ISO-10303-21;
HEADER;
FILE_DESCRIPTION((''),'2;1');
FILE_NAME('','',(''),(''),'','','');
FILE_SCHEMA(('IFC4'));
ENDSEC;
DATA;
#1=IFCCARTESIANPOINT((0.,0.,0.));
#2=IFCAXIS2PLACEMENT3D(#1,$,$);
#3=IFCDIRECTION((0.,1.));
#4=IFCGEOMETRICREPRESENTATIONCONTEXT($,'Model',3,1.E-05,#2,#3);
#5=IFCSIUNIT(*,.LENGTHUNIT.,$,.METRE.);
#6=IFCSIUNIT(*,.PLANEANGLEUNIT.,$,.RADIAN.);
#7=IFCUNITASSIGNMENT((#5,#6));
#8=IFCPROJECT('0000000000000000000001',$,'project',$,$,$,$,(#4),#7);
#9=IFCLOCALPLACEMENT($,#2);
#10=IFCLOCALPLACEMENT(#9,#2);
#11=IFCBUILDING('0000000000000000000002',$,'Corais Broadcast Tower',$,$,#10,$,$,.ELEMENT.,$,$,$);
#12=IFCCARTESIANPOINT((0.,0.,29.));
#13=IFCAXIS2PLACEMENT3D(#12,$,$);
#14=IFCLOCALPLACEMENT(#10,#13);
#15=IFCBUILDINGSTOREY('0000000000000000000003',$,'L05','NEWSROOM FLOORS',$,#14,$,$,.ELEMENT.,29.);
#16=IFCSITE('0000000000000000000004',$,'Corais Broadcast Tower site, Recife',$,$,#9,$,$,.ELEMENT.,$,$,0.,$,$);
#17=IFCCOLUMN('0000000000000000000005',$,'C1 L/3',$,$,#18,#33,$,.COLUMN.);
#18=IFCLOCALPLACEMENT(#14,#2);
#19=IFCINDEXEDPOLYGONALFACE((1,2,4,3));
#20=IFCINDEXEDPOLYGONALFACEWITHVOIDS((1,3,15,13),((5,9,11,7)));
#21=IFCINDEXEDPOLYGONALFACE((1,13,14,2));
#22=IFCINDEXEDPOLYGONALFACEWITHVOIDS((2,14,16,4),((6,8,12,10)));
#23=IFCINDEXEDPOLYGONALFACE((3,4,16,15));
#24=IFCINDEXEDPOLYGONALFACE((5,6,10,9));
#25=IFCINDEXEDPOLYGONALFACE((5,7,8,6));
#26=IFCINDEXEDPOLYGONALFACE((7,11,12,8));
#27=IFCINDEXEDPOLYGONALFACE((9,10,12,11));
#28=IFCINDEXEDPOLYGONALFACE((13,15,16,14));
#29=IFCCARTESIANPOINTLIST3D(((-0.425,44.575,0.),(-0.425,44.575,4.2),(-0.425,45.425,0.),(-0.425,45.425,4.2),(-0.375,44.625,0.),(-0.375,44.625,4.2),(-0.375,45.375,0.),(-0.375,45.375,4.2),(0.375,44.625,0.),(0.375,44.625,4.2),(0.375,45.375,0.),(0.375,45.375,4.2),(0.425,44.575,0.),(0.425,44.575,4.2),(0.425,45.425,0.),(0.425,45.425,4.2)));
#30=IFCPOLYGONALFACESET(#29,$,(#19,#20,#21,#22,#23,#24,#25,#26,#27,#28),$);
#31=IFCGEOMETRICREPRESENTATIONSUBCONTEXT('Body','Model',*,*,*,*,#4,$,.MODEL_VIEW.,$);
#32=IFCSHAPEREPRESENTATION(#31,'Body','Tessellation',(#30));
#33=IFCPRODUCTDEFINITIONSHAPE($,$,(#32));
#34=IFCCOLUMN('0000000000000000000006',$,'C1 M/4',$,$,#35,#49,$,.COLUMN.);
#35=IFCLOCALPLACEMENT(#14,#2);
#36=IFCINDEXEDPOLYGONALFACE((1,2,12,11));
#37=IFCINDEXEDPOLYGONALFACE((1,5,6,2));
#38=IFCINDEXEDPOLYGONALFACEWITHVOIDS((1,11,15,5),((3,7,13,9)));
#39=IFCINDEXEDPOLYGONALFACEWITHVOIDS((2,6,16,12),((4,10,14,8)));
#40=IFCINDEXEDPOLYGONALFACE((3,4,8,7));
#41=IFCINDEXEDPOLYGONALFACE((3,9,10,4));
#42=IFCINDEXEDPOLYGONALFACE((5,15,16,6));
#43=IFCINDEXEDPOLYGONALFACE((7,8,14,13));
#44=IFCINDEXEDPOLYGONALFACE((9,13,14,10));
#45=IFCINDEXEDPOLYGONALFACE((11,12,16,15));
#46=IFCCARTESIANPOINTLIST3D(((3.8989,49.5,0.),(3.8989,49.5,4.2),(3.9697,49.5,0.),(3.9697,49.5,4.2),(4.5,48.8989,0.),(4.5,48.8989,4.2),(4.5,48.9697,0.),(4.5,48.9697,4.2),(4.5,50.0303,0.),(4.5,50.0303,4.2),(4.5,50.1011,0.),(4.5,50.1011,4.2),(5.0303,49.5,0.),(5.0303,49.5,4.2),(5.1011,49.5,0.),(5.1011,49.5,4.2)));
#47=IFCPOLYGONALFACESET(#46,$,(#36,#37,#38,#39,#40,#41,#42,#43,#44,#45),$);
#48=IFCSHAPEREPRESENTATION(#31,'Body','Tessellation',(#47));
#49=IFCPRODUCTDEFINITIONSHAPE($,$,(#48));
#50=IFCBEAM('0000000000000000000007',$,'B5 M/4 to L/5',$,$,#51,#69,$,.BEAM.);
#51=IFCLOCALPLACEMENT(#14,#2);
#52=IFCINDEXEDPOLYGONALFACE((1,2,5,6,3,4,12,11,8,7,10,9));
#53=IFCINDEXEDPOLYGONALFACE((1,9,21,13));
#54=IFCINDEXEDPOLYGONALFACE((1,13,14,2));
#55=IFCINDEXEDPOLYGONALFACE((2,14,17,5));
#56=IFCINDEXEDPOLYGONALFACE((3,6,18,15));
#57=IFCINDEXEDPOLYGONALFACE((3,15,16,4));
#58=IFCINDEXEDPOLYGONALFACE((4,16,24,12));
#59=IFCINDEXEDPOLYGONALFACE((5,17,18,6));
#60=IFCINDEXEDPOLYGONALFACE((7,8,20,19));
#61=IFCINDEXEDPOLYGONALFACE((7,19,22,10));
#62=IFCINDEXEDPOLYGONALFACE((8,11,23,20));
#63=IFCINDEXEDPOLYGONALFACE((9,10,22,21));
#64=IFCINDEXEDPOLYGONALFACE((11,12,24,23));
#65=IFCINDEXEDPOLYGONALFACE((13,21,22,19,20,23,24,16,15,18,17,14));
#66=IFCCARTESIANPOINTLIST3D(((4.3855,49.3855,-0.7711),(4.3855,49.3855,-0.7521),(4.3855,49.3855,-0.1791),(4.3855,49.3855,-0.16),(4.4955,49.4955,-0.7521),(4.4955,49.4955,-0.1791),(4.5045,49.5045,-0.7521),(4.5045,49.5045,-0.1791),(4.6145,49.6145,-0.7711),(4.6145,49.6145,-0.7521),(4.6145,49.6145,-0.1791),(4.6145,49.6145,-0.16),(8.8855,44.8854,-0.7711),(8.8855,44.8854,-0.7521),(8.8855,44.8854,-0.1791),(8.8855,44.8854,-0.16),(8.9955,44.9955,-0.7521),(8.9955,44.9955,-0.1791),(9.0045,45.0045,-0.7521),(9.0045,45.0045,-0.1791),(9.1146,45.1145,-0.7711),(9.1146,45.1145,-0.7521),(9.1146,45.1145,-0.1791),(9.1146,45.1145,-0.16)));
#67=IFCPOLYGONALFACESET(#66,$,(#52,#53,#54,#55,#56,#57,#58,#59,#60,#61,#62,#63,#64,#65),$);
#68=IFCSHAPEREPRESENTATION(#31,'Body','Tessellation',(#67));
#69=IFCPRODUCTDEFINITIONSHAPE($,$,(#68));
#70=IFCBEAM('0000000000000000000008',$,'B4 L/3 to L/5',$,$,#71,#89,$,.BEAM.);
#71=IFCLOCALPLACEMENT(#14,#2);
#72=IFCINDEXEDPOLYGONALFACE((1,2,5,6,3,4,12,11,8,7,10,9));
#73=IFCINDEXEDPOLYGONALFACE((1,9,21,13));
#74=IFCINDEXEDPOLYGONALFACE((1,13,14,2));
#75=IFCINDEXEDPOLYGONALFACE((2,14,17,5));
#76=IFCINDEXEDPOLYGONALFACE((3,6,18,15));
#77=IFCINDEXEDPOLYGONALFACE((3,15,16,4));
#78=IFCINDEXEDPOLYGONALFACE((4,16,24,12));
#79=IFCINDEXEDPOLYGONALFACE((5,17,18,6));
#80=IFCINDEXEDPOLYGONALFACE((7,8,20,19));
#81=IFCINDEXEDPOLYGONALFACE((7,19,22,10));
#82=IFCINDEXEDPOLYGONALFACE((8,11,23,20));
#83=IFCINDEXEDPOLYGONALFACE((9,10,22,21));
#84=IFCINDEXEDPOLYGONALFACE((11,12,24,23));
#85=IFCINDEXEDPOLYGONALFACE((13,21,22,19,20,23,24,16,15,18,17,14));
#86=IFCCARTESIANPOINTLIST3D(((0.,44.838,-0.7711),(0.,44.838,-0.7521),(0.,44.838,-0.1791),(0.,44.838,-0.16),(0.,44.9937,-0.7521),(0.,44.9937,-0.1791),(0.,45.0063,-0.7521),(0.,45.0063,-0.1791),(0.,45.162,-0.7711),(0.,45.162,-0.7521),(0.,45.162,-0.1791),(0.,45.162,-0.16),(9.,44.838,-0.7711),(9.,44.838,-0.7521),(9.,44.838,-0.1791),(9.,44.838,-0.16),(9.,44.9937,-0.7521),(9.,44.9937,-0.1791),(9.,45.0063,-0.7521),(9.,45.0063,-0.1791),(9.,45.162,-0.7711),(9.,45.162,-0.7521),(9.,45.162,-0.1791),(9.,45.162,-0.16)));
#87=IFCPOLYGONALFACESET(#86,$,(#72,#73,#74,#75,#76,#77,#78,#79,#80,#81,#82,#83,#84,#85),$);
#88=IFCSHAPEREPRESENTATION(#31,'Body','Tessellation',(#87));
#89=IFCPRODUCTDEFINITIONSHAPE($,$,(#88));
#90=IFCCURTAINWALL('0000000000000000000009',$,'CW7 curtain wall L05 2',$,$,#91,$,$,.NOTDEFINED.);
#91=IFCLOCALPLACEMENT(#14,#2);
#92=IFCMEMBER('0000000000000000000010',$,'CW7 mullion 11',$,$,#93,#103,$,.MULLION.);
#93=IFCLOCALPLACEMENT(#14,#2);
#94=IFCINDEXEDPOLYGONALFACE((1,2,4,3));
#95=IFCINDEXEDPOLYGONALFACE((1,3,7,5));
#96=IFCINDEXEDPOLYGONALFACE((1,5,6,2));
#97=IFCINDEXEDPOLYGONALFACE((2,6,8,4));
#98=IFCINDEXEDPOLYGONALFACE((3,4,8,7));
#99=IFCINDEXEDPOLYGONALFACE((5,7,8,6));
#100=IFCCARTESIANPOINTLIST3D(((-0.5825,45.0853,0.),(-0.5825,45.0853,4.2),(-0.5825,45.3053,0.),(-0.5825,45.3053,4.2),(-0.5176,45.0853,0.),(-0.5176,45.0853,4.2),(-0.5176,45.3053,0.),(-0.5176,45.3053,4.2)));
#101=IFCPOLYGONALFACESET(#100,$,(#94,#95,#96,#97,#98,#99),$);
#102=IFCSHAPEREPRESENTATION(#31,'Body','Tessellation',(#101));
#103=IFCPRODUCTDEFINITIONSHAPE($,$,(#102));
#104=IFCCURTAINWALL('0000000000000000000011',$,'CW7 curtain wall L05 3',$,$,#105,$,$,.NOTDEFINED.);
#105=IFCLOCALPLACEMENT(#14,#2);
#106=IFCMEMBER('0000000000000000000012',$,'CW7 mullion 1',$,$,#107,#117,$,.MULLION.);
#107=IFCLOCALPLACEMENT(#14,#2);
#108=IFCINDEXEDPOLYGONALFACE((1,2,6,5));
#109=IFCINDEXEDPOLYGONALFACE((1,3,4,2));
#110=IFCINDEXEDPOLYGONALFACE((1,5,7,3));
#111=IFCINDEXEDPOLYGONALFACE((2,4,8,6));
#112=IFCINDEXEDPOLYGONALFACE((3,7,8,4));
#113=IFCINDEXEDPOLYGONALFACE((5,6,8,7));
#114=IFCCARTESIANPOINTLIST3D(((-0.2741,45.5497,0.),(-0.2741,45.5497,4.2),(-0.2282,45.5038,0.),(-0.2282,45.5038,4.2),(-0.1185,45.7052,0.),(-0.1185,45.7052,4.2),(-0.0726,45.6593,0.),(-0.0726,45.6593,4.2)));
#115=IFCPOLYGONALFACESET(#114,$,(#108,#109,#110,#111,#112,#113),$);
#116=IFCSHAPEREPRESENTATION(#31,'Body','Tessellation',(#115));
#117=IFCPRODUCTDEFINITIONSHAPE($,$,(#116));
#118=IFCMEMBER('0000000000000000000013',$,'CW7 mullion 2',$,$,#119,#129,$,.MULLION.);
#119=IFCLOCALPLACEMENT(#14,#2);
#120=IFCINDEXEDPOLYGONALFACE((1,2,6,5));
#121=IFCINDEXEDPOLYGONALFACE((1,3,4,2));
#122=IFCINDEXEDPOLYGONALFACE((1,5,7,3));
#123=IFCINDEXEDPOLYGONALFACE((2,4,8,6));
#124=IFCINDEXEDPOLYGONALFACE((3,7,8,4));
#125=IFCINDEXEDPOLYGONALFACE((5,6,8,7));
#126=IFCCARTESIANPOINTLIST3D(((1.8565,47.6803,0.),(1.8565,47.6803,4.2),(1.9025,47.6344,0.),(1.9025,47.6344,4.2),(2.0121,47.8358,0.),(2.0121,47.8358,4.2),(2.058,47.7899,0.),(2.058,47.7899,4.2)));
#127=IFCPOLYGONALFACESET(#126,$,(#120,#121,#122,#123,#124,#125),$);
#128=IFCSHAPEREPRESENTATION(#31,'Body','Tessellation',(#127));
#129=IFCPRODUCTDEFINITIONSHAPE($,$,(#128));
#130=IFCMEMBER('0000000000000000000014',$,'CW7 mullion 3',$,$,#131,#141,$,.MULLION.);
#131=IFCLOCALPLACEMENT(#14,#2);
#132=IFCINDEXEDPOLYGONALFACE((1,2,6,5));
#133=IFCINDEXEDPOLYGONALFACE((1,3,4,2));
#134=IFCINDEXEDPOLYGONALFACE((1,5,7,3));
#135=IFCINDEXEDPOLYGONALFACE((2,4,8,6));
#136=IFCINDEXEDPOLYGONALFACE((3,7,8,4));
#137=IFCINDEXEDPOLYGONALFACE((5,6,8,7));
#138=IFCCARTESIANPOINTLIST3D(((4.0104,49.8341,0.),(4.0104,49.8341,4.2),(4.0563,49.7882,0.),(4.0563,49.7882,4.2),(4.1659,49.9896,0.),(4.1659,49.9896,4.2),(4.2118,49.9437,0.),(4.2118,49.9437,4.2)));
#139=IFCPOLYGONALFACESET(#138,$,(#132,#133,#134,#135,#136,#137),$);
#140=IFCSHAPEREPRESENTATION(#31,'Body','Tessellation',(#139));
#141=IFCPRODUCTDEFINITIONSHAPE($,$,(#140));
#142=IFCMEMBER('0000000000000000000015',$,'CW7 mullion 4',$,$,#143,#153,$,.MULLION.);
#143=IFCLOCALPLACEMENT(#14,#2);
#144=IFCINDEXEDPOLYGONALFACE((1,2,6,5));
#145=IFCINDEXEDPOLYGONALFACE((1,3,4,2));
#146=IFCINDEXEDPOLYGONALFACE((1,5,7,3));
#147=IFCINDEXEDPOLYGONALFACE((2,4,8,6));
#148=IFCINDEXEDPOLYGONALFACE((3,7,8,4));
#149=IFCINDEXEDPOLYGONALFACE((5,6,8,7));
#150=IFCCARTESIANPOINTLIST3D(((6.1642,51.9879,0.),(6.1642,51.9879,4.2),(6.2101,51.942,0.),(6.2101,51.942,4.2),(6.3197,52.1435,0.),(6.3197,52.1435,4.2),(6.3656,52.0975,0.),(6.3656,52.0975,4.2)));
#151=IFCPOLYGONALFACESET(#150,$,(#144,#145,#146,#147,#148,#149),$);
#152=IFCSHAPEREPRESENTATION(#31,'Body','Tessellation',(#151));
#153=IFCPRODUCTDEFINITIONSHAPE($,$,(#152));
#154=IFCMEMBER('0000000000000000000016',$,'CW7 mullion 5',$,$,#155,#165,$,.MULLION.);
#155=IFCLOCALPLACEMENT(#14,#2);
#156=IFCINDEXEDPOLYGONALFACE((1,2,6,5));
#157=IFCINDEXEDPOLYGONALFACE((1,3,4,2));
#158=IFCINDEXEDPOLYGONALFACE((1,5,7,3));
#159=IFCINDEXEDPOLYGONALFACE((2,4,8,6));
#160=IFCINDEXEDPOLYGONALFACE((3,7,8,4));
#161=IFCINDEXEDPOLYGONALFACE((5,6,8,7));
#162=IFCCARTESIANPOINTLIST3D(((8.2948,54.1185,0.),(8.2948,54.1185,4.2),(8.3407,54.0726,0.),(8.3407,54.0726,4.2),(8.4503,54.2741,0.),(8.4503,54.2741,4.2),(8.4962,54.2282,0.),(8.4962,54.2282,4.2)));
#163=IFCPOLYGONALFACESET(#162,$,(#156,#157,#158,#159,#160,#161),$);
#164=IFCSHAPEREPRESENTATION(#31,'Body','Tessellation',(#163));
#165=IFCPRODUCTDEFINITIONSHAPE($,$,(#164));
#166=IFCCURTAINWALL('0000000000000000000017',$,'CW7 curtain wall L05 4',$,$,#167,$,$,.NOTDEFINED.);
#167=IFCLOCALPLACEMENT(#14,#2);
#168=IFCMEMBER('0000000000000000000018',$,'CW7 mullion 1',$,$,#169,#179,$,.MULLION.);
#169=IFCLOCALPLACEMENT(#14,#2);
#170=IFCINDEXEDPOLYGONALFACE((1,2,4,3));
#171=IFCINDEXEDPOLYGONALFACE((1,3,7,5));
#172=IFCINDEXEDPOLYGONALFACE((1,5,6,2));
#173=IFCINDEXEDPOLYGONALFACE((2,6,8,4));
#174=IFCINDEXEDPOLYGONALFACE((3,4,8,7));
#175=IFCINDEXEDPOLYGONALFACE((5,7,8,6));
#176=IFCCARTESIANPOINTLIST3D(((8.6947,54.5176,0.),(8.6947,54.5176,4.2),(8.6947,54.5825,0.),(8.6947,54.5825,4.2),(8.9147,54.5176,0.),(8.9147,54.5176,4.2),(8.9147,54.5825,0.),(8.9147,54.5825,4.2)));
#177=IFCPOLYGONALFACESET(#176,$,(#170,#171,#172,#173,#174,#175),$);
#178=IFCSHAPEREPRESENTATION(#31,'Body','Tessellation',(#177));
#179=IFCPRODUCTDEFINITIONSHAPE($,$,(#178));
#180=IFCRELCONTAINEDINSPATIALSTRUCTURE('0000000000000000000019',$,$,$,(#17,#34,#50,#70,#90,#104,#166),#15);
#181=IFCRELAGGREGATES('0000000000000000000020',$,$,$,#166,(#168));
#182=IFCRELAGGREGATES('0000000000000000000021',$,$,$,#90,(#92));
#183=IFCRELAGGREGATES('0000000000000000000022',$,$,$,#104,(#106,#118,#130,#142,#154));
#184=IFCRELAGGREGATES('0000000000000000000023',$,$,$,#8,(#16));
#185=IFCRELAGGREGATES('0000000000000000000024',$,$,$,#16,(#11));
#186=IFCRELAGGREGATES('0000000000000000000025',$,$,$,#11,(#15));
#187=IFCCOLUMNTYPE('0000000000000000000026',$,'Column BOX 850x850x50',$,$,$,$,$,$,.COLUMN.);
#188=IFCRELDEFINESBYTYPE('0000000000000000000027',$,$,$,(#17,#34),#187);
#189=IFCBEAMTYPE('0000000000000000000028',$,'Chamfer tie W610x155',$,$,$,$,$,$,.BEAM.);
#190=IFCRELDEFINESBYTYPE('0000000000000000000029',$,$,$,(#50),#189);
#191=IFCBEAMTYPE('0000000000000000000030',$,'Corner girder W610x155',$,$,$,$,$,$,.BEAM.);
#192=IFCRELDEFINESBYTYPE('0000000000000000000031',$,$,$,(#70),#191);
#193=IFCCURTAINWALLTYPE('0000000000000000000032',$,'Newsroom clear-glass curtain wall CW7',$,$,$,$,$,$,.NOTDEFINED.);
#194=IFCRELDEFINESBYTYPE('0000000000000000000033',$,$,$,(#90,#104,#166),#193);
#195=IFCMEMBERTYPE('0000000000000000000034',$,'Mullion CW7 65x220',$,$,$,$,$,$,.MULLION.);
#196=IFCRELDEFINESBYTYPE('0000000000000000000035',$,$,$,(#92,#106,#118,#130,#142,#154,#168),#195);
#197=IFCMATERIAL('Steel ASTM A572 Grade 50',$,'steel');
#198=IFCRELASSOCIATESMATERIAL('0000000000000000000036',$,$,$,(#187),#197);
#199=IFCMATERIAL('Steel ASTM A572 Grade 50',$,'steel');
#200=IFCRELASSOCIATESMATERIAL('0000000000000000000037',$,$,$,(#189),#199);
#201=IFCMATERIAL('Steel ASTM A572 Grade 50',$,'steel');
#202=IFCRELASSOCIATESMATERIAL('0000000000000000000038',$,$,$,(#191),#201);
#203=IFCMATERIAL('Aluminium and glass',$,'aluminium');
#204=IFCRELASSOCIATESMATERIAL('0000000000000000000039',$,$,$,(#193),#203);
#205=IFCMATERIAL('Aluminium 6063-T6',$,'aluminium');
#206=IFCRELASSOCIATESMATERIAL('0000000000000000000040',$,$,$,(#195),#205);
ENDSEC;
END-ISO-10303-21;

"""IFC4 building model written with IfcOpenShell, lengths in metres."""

from ifc_helpers import new_model, si_unit, direction, frame, origin, origin_2d, place, context, subcontext, project, spatial, rectangle, hollow_rectangle, i_section, extrude, material, material_profile, profile_set, type_object, element, aggregate, save


model = new_model("IFC4")

# Units and contexts
model_context = context("Model", 3, precision=1e-05, world=origin(), true_north=direction((0.0, 1.0)))
body_context = subcontext(model_context, "Body", "Model", "MODEL_VIEW")
ifc_project = project(units=[si_unit("LENGTHUNIT", "METRE"), si_unit("PLANEANGLEUNIT", "RADIAN")], contexts=[model_context])

# Site, building, storey
site_placement = place(None, origin())
site = spatial("IfcSite", under=ifc_project, at=site_placement, Name="Corais Broadcast Tower site, Recife", CompositionType="ELEMENT", RefElevation=0.0)
building_placement = place(site_placement, origin())
building = spatial("IfcBuilding", under=site, at=building_placement, Name="Corais Broadcast Tower", CompositionType="ELEMENT")
storey_placement = place(building_placement, frame((0.0, 0.0, 29.0)))
storey = spatial("IfcBuildingStorey", under=building, at=storey_placement, Name="L05", Description="NEWSROOM FLOORS", CompositionType="ELEMENT", Elevation=29.0)

# Columns
ifc_material_1 = material(Name="Steel ASTM A572 Grade 50", Category="steel")
ifc_material_profile_1 = material_profile(ifc_material_1, hollow_rectangle(XDim=0.8501, YDim=0.8501, WallThickness=0.05, at=origin_2d()), Name="BOX 850x850x50")
ifc_profile_set_1 = profile_set([ifc_material_profile_1], Name="Steel ASTM A572 Grade 50")
column_type = type_object("IfcColumnType", Name="Column BOX 850x850x50", PredefinedType="COLUMN", material=ifc_profile_set_1)
for number, where, z_axis, x_axis, name in (
    (1, (0.0, 45.0, 0.0), (0.0, 0.0, 1.0), (1.0, 0.0, 0.0), "C1 L/3"),
    (2, (4.5, 49.5, 0.0), (0.0, 0.0, 1.0), (0.707107, 0.707107, 0.0), "C1 M/4"),
):
    element("IfcColumn", number, at=place(storey_placement, frame(where, z_axis=z_axis, x_axis=x_axis)), inside=storey, type_object=column_type, Name=name, PredefinedType="COLUMN", context=body_context, shape_type="SweptSolid", body=[
        extrude(hollow_rectangle(XDim=0.8501, YDim=0.8501, WallThickness=0.05, at=origin_2d()), origin(), (0.0, 0.0, 1.0), 4.2),
    ])

# Beams
ifc_material_2 = material(Name="Steel ASTM A572 Grade 50", Category="steel")
ifc_material_profile_2 = material_profile(ifc_material_2, i_section(OverallWidth=0.324, OverallDepth=0.6111, WebThickness=0.0127, FlangeThickness=0.019, at=origin_2d()), Name="W610x155")
ifc_profile_set_2 = profile_set([ifc_material_profile_2], Name="Steel ASTM A572 Grade 50")
beam_type_1 = type_object("IfcBeamType", Name="Chamfer tie W610x155", PredefinedType="BEAM", material=ifc_profile_set_2)
beam_1_placement = place(storey_placement, frame((4.5, 49.5, -0.4656), z_axis=(0.707107, -0.707107, 0.0), x_axis=(0.707107, 0.707107, 0.0)))
element("IfcBeam", 3, at=beam_1_placement, inside=storey, type_object=beam_type_1, Name="B5 M/4 to L/5", PredefinedType="BEAM", context=body_context, shape_type="SweptSolid", body=[
    extrude(i_section(OverallWidth=0.324, OverallDepth=0.6111, WebThickness=0.0127, FlangeThickness=0.019, at=origin_2d()), origin(), (0.0, 0.0, 1.0), 6.364),
])
ifc_material_3 = material(Name="Steel ASTM A572 Grade 50", Category="steel")
ifc_material_profile_3 = material_profile(ifc_material_3, i_section(OverallWidth=0.324, OverallDepth=0.6111, WebThickness=0.0127, FlangeThickness=0.019, at=origin_2d()), Name="W610x155")
ifc_profile_set_3 = profile_set([ifc_material_profile_3], Name="Steel ASTM A572 Grade 50")
beam_type_2 = type_object("IfcBeamType", Name="Corner girder W610x155", PredefinedType="BEAM", material=ifc_profile_set_3)
beam_2_placement = place(storey_placement, frame((0.0, 45.0, -0.4656), z_axis=(1.0, 0.0, 0.0), x_axis=(0.0, 1.0, 0.0)))
element("IfcBeam", 4, at=beam_2_placement, inside=storey, type_object=beam_type_2, Name="B4 L/3 to L/5", PredefinedType="BEAM", context=body_context, shape_type="SweptSolid", body=[
    extrude(i_section(OverallWidth=0.324, OverallDepth=0.6111, WebThickness=0.0127, FlangeThickness=0.019, at=origin_2d()), origin(), (0.0, 0.0, 1.0), 9.0),
])

# Curtain wall, member
ifc_material_4 = material(Name="Aluminium and glass", Category="aluminium")
curtain_wall_type = type_object("IfcCurtainWallType", Name="Newsroom clear-glass curtain wall CW7", PredefinedType="NOTDEFINED", material=ifc_material_4)
curtain_wall_1_placement = place(storey_placement, origin())
curtain_wall_1 = element("IfcCurtainWall", 5, at=curtain_wall_1_placement, inside=storey, type_object=curtain_wall_type, Name="CW7 curtain wall L05 2", PredefinedType="NOTDEFINED")
ifc_material_5 = material(Name="Aluminium 6063-T6", Category="aluminium")
ifc_material_profile_4 = material_profile(ifc_material_5, rectangle(XDim=0.0649, YDim=0.22, at=origin_2d()), Name="Mullion CW7 65x220")
ifc_profile_set_4 = profile_set([ifc_material_profile_4], Name="Aluminium 6063-T6")
member_type_1 = type_object("IfcMemberType", Name="Mullion CW7 65x220", PredefinedType="MULLION", material=ifc_profile_set_4)
member_1_placement = place(storey_placement, frame((-0.55, 45.1953, 0.0), z_axis=(0.0, 0.0, 1.0), x_axis=(-1.0, 0.0, 0.0)))
member_1 = element("IfcMember", 6, at=member_1_placement, type_object=member_type_1, Name="CW7 mullion 11", PredefinedType="MULLION", context=body_context, shape_type="SweptSolid", body=[
    extrude(rectangle(XDim=0.0649, YDim=0.22, at=origin_2d()), origin(), (0.0, 0.0, 1.0), 4.2),
])

# Curtain wall, members
curtain_wall_2_placement = place(storey_placement, origin())
curtain_wall_2 = element("IfcCurtainWall", 7, at=curtain_wall_2_placement, inside=storey, type_object=curtain_wall_type, Name="CW7 curtain wall L05 3", PredefinedType="NOTDEFINED")
member_2_placement = place(storey_placement, frame((-0.1733, 45.6045, 0.0), z_axis=(0.0, 0.0, 1.0), x_axis=(-0.707107, 0.707107, 0.0)))
member_2 = element("IfcMember", 8, at=member_2_placement, type_object=member_type_1, Name="CW7 mullion 1", PredefinedType="MULLION", context=body_context, shape_type="SweptSolid", body=[
    extrude(rectangle(XDim=0.0649, YDim=0.22, at=origin_2d()), origin(), (0.0, 0.0, 1.0), 4.2),
])
member_3_placement = place(storey_placement, frame((1.9573, 47.7351, 0.0), z_axis=(0.0, 0.0, 1.0), x_axis=(-0.707107, 0.707107, 0.0)))
member_3 = element("IfcMember", 9, at=member_3_placement, type_object=member_type_1, Name="CW7 mullion 2", PredefinedType="MULLION", context=body_context, shape_type="SweptSolid", body=[
    extrude(rectangle(XDim=0.0649, YDim=0.22, at=origin_2d()), origin(), (0.0, 0.0, 1.0), 4.2),
])
member_4_placement = place(storey_placement, frame((4.1111, 49.8889, 0.0), z_axis=(0.0, 0.0, 1.0), x_axis=(-0.707107, 0.707107, 0.0)))
member_4 = element("IfcMember", 10, at=member_4_placement, type_object=member_type_1, Name="CW7 mullion 3", PredefinedType="MULLION", context=body_context, shape_type="SweptSolid", body=[
    extrude(rectangle(XDim=0.0649, YDim=0.22, at=origin_2d()), origin(), (0.0, 0.0, 1.0), 4.2),
])
member_5_placement = place(storey_placement, frame((6.2649, 52.0427, 0.0), z_axis=(0.0, 0.0, 1.0), x_axis=(-0.707107, 0.707107, 0.0)))
member_5 = element("IfcMember", 11, at=member_5_placement, type_object=member_type_1, Name="CW7 mullion 4", PredefinedType="MULLION", context=body_context, shape_type="SweptSolid", body=[
    extrude(rectangle(XDim=0.0649, YDim=0.22, at=origin_2d()), origin(), (0.0, 0.0, 1.0), 4.2),
])
member_6_placement = place(storey_placement, frame((8.3955, 54.1733, 0.0), z_axis=(0.0, 0.0, 1.0), x_axis=(-0.707107, 0.707107, 0.0)))
member_6 = element("IfcMember", 12, at=member_6_placement, type_object=member_type_1, Name="CW7 mullion 5", PredefinedType="MULLION", context=body_context, shape_type="SweptSolid", body=[
    extrude(rectangle(XDim=0.0649, YDim=0.22, at=origin_2d()), origin(), (0.0, 0.0, 1.0), 4.2),
])

# Curtain wall, member
curtain_wall_3_placement = place(storey_placement, origin())
curtain_wall_3 = element("IfcCurtainWall", 13, at=curtain_wall_3_placement, inside=storey, type_object=curtain_wall_type, Name="CW7 curtain wall L05 4", PredefinedType="NOTDEFINED")
member_7_placement = place(storey_placement, frame((8.8047, 54.55, 0.0), z_axis=(0.0, 0.0, 1.0), x_axis=(0.0, 1.0, 0.0)))
member_7 = element("IfcMember", 14, at=member_7_placement, type_object=member_type_1, Name="CW7 mullion 1", PredefinedType="MULLION", context=body_context, shape_type="SweptSolid", body=[
    extrude(rectangle(XDim=0.0649, YDim=0.22, at=origin_2d()), origin(), (0.0, 0.0, 1.0), 4.2),
])

aggregate(curtain_wall_3, [member_7])

aggregate(curtain_wall_1, [member_1])
aggregate(curtain_wall_2, [member_2, member_3, member_4, member_5, member_6])

save(model, "model.ifc")
